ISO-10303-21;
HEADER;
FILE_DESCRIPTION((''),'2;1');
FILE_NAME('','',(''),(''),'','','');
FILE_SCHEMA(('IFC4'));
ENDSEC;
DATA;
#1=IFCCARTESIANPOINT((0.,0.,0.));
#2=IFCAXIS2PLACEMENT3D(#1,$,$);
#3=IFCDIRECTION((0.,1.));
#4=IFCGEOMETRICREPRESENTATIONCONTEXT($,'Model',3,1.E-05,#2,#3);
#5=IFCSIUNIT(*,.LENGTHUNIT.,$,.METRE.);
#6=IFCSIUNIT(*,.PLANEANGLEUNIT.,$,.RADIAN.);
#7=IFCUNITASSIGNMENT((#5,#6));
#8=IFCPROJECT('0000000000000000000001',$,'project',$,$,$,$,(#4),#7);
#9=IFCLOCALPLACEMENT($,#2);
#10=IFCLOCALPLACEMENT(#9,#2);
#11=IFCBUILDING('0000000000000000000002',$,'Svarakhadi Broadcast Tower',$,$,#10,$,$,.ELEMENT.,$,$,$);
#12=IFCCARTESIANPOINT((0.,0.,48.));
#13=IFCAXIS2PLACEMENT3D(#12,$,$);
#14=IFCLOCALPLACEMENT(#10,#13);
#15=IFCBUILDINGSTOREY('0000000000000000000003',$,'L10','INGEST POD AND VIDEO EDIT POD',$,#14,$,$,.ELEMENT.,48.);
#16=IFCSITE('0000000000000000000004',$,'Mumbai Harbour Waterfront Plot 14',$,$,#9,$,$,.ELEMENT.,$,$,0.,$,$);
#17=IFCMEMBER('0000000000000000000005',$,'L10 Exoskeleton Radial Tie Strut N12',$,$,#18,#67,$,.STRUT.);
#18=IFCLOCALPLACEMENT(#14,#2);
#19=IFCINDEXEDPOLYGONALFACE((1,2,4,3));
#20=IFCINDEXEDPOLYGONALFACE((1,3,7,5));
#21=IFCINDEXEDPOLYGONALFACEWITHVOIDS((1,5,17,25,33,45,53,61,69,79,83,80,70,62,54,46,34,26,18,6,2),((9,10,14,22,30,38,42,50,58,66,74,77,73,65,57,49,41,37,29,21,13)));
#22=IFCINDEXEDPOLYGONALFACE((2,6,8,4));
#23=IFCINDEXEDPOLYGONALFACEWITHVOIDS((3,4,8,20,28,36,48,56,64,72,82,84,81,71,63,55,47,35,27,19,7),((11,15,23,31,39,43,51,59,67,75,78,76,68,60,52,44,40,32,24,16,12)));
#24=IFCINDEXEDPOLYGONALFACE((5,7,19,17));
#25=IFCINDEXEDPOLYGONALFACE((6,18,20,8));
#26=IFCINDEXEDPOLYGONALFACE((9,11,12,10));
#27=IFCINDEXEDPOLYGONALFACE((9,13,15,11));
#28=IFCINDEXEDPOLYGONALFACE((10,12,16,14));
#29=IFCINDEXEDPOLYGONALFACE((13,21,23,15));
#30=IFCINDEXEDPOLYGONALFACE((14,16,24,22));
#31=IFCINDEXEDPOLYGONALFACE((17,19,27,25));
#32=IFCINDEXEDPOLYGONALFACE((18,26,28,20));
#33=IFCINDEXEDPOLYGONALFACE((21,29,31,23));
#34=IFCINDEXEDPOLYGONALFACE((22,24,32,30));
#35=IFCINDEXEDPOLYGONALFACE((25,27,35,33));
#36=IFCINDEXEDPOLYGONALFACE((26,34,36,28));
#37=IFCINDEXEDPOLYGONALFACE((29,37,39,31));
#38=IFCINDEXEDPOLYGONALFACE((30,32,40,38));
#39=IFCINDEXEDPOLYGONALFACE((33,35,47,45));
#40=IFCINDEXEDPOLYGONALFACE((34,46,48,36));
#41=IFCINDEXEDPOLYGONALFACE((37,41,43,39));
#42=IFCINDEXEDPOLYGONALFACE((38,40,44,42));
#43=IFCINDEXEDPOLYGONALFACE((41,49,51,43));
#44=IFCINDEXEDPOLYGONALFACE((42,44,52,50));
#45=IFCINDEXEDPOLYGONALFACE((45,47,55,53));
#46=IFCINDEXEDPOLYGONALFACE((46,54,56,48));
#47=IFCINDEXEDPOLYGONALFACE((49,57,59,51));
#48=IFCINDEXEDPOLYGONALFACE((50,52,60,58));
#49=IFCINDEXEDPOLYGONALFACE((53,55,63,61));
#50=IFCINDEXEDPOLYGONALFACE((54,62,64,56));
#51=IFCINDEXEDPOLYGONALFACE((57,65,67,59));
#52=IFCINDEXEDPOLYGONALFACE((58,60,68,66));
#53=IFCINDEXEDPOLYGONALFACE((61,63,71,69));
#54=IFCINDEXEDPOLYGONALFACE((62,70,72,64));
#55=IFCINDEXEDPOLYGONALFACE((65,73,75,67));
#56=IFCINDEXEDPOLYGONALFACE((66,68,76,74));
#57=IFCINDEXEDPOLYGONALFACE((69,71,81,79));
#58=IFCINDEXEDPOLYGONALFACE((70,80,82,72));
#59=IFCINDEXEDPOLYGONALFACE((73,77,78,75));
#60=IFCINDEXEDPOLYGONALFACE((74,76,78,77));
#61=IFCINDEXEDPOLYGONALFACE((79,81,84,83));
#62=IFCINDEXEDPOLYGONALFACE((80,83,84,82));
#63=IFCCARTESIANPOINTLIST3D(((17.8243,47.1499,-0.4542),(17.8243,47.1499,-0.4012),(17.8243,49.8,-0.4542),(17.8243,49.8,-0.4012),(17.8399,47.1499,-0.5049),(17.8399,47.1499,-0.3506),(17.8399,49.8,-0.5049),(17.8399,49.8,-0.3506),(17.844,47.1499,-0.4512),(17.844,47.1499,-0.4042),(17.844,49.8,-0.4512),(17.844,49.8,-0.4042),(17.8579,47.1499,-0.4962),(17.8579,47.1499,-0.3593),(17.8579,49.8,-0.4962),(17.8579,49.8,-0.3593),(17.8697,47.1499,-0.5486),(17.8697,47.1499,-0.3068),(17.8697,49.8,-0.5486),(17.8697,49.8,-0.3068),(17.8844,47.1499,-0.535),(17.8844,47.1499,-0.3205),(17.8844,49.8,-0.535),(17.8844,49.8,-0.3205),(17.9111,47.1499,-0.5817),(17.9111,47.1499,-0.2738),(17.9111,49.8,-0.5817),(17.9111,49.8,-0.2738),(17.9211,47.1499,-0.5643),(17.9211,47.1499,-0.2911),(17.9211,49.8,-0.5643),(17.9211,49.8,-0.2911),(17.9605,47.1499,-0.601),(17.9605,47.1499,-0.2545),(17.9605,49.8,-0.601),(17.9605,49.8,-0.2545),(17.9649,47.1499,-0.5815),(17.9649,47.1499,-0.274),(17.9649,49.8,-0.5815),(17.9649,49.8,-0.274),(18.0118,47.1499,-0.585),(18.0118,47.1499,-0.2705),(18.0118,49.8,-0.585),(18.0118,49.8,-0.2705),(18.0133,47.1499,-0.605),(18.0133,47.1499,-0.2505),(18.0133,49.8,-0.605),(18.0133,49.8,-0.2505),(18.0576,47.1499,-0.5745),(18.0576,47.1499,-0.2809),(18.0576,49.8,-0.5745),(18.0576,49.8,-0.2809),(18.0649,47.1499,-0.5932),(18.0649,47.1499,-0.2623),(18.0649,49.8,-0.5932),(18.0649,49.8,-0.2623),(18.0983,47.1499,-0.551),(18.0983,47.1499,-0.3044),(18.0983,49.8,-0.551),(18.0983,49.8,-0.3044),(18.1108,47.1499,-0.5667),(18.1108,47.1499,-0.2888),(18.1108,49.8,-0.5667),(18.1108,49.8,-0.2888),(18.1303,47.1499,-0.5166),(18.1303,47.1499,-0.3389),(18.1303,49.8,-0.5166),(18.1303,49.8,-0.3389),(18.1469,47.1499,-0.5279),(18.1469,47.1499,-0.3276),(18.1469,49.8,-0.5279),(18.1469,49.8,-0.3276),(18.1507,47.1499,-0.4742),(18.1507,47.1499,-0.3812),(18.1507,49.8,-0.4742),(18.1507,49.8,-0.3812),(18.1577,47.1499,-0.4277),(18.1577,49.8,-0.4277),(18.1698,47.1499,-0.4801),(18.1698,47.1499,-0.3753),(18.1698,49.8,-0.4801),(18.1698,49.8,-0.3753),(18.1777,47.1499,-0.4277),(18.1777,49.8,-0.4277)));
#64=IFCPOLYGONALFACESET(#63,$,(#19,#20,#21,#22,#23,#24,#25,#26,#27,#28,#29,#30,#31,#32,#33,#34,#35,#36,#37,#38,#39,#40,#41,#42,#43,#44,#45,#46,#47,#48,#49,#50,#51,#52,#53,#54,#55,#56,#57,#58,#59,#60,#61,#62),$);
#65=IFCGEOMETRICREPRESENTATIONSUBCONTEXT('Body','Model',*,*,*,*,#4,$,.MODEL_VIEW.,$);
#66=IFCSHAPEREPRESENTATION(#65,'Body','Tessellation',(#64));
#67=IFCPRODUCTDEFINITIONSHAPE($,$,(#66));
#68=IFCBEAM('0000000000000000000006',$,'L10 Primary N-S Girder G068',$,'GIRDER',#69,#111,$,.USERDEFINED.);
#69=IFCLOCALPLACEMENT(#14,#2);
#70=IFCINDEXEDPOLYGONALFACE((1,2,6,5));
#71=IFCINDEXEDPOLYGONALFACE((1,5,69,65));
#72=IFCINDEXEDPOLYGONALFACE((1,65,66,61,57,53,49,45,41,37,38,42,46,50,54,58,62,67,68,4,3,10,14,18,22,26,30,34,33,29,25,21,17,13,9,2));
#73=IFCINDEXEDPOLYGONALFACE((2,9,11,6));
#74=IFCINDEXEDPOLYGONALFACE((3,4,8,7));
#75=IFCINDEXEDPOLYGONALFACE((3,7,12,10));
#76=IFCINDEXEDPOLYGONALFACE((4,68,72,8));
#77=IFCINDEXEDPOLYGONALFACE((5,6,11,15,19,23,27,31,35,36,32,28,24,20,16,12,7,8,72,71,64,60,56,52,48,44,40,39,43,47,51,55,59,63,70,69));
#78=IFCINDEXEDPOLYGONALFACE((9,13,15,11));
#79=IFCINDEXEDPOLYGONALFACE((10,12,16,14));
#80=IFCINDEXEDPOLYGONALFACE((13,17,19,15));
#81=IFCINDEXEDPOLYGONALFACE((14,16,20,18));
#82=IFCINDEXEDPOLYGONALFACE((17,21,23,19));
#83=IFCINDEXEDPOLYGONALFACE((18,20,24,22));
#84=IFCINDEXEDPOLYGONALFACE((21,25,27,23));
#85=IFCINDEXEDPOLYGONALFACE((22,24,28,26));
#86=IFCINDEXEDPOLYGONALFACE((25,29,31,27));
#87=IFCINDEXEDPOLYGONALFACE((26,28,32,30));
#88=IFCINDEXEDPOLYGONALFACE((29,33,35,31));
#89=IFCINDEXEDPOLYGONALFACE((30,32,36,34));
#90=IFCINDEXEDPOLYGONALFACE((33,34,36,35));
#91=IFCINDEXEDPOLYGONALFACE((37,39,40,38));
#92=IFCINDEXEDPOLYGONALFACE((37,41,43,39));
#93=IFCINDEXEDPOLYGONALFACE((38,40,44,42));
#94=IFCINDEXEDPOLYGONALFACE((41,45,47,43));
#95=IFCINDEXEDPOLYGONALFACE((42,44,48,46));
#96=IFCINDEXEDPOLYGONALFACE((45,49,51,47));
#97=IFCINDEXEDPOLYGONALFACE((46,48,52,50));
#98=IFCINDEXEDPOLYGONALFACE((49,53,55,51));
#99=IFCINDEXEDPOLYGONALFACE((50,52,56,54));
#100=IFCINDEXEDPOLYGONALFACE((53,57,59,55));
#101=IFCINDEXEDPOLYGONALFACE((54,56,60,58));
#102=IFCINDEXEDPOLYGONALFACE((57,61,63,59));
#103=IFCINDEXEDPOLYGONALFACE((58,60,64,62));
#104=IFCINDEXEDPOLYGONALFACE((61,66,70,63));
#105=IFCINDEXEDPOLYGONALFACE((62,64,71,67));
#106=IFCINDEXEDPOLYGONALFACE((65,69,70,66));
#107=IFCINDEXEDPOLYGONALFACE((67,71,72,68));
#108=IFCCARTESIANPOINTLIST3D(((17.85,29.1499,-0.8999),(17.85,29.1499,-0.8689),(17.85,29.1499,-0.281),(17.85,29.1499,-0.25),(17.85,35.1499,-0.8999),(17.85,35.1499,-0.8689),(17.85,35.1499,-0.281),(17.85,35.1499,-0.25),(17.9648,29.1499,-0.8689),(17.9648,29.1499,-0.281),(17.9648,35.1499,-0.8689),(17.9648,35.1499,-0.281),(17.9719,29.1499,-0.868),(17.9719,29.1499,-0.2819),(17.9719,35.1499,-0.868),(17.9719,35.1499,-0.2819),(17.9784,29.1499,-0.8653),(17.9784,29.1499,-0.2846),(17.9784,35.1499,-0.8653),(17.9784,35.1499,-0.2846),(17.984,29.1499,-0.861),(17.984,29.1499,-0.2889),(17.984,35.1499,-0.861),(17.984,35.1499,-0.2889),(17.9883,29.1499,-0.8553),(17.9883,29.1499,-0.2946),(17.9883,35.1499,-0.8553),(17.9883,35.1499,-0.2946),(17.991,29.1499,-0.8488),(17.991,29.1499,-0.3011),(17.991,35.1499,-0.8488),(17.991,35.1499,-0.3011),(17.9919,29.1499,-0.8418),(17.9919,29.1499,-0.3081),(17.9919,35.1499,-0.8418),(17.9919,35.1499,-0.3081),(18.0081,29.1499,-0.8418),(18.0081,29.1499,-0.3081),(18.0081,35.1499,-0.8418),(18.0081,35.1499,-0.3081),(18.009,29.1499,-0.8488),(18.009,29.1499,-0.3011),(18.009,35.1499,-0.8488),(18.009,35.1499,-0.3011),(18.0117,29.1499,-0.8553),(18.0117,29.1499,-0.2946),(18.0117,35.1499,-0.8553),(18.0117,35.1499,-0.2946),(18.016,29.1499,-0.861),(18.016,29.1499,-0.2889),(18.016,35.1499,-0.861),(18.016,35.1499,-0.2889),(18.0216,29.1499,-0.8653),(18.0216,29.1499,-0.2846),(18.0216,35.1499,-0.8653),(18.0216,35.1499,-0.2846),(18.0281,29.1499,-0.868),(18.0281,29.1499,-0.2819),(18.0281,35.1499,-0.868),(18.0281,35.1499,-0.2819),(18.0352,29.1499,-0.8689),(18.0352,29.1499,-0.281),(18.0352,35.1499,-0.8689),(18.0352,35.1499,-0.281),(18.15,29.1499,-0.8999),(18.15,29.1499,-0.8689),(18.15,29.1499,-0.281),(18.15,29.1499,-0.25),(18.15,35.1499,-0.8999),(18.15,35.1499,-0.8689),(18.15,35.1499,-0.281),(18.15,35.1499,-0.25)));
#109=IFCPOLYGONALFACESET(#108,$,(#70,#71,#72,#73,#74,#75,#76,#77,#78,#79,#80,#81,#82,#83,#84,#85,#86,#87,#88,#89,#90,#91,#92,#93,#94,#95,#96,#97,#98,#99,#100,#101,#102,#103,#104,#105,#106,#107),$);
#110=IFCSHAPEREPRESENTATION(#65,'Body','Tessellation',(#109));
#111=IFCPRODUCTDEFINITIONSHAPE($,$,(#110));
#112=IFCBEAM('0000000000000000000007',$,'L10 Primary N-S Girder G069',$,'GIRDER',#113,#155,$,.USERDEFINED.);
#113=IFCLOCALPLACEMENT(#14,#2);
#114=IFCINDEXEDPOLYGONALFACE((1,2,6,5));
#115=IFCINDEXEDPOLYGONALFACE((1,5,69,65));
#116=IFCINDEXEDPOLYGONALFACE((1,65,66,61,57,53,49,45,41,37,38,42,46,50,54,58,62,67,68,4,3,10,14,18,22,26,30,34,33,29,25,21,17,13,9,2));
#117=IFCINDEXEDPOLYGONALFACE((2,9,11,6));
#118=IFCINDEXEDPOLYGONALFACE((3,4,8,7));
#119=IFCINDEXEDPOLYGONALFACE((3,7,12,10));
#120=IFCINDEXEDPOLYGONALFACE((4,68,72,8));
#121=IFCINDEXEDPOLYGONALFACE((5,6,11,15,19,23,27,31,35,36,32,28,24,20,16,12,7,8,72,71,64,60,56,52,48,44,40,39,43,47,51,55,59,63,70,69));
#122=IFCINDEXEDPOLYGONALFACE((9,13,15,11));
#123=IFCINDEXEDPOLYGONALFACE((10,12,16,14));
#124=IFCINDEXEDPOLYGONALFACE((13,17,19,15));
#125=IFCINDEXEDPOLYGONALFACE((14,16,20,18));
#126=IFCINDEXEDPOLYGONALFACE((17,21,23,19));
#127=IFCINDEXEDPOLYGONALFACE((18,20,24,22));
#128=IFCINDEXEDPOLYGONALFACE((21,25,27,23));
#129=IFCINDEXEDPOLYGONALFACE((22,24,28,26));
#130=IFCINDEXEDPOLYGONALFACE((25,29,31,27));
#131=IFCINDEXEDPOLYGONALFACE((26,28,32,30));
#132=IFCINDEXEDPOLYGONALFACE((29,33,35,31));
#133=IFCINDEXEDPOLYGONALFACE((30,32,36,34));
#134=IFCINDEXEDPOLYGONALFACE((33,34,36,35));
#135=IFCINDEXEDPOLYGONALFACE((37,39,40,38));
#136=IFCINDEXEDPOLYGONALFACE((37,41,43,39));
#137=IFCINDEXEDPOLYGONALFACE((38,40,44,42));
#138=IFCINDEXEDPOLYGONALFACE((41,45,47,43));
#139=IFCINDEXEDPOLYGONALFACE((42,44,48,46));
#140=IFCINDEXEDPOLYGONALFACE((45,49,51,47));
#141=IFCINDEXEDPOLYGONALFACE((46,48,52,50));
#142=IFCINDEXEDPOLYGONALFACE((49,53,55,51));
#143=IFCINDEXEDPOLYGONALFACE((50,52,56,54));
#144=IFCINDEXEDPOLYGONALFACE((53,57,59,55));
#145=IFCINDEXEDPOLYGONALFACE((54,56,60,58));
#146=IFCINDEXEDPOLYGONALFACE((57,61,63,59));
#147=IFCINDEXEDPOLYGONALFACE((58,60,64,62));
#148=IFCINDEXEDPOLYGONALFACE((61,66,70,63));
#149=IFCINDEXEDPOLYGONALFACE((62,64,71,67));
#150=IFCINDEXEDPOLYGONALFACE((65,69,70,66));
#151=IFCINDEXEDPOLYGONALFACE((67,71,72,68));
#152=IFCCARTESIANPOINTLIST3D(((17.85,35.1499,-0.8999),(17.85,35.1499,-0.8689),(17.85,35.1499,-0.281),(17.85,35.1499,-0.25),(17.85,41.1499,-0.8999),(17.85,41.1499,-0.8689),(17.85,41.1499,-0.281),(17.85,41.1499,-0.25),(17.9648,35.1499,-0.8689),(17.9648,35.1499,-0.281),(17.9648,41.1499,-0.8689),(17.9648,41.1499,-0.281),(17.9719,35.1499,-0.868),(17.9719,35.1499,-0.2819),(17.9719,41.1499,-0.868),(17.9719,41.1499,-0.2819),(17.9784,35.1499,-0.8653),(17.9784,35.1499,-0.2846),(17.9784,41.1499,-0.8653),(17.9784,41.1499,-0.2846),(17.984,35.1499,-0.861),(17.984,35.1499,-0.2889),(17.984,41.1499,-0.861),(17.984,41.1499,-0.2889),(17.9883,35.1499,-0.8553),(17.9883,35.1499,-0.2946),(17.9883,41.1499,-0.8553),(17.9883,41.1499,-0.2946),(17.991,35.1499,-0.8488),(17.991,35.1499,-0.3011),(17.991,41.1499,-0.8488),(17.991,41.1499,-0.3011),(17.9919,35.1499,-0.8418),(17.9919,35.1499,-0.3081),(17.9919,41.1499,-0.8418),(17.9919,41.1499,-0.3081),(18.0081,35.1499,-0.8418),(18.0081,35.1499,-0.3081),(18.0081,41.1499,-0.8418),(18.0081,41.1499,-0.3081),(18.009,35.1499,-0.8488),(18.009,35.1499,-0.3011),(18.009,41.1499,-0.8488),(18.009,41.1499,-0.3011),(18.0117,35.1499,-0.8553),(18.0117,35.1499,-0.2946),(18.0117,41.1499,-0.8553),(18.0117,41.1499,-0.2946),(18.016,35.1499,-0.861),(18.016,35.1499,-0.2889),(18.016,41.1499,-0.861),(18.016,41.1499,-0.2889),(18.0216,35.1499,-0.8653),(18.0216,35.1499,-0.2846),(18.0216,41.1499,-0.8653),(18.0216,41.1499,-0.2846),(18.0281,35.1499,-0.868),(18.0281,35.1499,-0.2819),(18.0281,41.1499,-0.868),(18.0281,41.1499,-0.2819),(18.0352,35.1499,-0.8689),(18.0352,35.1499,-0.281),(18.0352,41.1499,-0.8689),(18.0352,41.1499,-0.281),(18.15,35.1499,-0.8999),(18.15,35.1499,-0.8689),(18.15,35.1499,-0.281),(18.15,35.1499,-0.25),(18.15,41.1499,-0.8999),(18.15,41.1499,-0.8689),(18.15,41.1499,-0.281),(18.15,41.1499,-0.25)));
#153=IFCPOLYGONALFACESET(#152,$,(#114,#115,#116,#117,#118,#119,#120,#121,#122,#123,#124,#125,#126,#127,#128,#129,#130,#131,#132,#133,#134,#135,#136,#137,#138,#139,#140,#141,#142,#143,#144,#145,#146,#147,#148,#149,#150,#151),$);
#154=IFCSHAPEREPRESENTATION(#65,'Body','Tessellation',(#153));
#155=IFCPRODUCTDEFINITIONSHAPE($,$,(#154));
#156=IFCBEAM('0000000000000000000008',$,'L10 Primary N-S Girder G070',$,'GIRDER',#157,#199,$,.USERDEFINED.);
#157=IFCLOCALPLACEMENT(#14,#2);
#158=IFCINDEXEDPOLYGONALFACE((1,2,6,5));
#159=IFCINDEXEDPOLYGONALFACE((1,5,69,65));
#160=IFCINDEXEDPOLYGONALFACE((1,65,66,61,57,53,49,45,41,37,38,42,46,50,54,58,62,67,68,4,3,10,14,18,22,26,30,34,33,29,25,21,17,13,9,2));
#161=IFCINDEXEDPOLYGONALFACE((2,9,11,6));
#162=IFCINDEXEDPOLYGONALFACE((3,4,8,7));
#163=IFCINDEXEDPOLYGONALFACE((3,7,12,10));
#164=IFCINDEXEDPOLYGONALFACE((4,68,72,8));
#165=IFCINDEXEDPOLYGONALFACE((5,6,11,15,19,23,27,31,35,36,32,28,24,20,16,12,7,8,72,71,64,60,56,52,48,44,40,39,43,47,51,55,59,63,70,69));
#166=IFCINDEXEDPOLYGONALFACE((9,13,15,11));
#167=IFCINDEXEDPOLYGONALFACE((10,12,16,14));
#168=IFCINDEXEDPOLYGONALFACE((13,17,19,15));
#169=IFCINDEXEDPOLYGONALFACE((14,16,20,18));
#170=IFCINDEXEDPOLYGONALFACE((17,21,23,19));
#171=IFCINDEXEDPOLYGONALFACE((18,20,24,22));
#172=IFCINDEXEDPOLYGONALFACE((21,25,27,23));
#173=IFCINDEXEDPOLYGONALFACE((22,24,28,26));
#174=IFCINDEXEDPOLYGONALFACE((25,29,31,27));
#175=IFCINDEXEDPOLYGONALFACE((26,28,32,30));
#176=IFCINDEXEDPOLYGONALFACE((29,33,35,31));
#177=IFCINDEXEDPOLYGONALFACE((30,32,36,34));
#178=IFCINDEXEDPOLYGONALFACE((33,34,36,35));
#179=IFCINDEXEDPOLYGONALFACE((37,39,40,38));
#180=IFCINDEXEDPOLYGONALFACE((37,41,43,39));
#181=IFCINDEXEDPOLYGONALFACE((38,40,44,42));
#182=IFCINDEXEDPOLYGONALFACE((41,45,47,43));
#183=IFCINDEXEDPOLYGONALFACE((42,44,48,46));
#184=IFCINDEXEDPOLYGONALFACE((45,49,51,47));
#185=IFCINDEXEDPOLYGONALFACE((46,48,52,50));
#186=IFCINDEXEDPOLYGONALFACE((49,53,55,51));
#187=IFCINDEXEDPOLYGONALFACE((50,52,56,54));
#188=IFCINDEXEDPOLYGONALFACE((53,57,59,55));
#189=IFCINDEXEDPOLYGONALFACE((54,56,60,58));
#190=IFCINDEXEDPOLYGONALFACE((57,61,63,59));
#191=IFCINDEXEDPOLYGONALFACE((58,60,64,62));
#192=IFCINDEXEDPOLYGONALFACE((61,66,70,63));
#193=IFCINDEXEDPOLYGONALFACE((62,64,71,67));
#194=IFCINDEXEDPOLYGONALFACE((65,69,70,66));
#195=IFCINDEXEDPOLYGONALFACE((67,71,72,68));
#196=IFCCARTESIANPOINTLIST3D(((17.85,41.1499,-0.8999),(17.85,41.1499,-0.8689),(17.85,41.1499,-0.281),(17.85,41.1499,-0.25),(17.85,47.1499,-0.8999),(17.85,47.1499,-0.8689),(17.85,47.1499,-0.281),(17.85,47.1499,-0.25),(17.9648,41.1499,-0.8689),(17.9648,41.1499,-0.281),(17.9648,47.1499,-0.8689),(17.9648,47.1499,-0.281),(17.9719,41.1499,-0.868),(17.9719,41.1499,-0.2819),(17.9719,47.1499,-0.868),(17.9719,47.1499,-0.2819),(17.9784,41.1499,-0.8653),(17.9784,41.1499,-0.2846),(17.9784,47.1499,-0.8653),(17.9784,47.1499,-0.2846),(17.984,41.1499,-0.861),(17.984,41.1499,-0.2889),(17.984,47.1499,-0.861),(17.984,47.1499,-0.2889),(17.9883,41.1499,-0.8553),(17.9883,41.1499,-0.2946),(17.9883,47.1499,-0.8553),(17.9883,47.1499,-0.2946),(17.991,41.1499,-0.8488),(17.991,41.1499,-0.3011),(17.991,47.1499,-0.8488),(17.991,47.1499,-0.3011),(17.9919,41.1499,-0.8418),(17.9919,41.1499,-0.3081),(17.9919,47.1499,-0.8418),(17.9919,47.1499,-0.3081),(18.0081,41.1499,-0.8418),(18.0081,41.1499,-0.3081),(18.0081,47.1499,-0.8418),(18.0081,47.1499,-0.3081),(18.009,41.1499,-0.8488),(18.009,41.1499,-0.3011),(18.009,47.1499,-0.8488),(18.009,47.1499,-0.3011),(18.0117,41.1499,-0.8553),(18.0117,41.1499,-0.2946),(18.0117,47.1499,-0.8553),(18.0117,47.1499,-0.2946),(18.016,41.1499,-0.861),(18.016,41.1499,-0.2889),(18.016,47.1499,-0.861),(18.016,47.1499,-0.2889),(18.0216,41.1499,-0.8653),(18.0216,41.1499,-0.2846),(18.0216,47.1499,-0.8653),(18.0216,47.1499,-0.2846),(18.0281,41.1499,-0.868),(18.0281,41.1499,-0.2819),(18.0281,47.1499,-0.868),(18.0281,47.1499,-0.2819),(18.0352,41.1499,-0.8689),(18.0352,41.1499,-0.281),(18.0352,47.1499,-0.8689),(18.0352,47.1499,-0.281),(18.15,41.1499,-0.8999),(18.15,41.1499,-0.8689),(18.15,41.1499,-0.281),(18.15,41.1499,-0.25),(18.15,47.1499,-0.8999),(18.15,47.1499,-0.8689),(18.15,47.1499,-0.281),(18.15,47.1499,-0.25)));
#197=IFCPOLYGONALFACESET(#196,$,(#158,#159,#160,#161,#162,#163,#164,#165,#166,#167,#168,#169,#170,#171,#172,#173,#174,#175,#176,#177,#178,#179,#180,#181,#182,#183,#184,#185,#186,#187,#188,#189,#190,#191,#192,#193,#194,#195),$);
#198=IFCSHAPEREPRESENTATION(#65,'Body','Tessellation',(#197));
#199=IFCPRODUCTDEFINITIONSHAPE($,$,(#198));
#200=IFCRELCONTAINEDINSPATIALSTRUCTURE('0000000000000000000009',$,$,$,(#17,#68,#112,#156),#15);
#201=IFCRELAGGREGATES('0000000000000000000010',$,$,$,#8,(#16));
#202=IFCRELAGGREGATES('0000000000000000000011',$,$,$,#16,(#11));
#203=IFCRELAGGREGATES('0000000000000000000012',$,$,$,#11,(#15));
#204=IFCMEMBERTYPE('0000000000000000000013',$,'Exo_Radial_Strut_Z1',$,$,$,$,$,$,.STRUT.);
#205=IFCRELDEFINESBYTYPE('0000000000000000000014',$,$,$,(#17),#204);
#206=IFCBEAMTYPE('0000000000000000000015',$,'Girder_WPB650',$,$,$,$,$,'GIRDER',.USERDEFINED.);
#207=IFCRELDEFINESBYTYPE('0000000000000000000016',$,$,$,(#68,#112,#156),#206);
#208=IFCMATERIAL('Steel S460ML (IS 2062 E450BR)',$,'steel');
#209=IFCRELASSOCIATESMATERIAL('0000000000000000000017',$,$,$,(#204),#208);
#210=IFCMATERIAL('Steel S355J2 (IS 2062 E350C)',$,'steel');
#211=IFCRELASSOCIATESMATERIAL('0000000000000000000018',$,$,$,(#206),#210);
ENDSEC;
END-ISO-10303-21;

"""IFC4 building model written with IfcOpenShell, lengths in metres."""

from ifc_helpers import new_model, si_unit, direction, frame, origin, origin_2d, place, context, subcontext, project, spatial, hollow_circle, i_section, extrude, material, material_profile, profile_set, type_object, element, save


model = new_model("IFC4")

# Units and contexts
model_context = context("Model", 3, precision=1e-05, world=origin(), true_north=direction((0.0, 1.0)))
body_context = subcontext(model_context, "Body", "Model", "MODEL_VIEW")
ifc_project = project(units=[si_unit("LENGTHUNIT", "METRE"), si_unit("PLANEANGLEUNIT", "RADIAN")], contexts=[model_context])

# Site, building, storey
site_placement = place(None, origin())
site = spatial("IfcSite", under=ifc_project, at=site_placement, Name="Mumbai Harbour Waterfront Plot 14", CompositionType="ELEMENT", RefElevation=0.0)
building_placement = place(site_placement, origin())
building = spatial("IfcBuilding", under=site, at=building_placement, Name="Svarakhadi Broadcast Tower", CompositionType="ELEMENT")
storey_placement = place(building_placement, frame((0.0, 0.0, 48.0)))
storey = spatial("IfcBuildingStorey", under=building, at=storey_placement, Name="L10", Description="INGEST POD AND VIDEO EDIT POD", CompositionType="ELEMENT", Elevation=48.0)

# Member
ifc_material_1 = material(Name="Steel S460ML (IS 2062 E450BR)", Category="steel")
ifc_material_profile_1 = material_profile(ifc_material_1, hollow_circle(Radius=0.1777, WallThickness=0.02, at=origin_2d()), Name="CHS 355.6x20")
ifc_profile_set_1 = profile_set([ifc_material_profile_1], Name="Steel S460ML (IS 2062 E450BR)")
member_type_1 = type_object("IfcMemberType", Name="Exo_Radial_Strut_Z1", PredefinedType="STRUT", material=ifc_profile_set_1)
member_1_placement = place(storey_placement, frame((18.0, 49.8, -0.4277), z_axis=(0.0, -1.0, 0.0), x_axis=(1.0, 0.0, 0.0)))
element("IfcMember", 1, at=member_1_placement, inside=storey, type_object=member_type_1, Name="L10 Exoskeleton Radial Tie Strut N12", PredefinedType="STRUT", context=body_context, shape_type="SweptSolid", body=[
    extrude(hollow_circle(Radius=0.1777, WallThickness=0.02, at=origin_2d()), origin(), (0.0, 0.0, 1.0), 2.6501),
])

# Beams
ifc_material_2 = material(Name="Steel S355J2 (IS 2062 E350C)", Category="steel")
ifc_material_profile_2 = material_profile(ifc_material_2, i_section(OverallWidth=0.3, OverallDepth=0.6499, WebThickness=0.0161, FlangeThickness=0.031, FilletRadius=0.0271, at=origin_2d()), Name="WPB 650x300x225")
ifc_profile_set_2 = profile_set([ifc_material_profile_2], Name="Steel S355J2 (IS 2062 E350C)")
beam_type = type_object("IfcBeamType", Name="Girder_WPB650", ElementType="GIRDER", PredefinedType="USERDEFINED", material=ifc_profile_set_2)
for number, where, z_axis, x_axis, name in (
    (2, (18.0, 29.1499, -0.575), (0.0, 1.0, 0.0), (-1.0, 0.0, 0.0), "L10 Primary N-S Girder G068"),
    (3, (18.0, 35.1499, -0.575), (0.0, 1.0, 0.0), (-1.0, 0.0, 0.0), "L10 Primary N-S Girder G069"),
    (4, (18.0, 41.1499, -0.575), (0.0, 1.0, 0.0), (-1.0, 0.0, 0.0), "L10 Primary N-S Girder G070"),
):
    element("IfcBeam", number, at=place(storey_placement, frame(where, z_axis=z_axis, x_axis=x_axis)), inside=storey, type_object=beam_type, Name=name, ObjectType="GIRDER", PredefinedType="USERDEFINED", context=body_context, shape_type="SweptSolid", body=[
        extrude(i_section(OverallWidth=0.3, OverallDepth=0.6499, WebThickness=0.0161, FlangeThickness=0.031, FilletRadius=0.0271, at=origin_2d()), origin(), (0.0, 0.0, 1.0), 6.0),
    ])

save(model, "model.ifc")
